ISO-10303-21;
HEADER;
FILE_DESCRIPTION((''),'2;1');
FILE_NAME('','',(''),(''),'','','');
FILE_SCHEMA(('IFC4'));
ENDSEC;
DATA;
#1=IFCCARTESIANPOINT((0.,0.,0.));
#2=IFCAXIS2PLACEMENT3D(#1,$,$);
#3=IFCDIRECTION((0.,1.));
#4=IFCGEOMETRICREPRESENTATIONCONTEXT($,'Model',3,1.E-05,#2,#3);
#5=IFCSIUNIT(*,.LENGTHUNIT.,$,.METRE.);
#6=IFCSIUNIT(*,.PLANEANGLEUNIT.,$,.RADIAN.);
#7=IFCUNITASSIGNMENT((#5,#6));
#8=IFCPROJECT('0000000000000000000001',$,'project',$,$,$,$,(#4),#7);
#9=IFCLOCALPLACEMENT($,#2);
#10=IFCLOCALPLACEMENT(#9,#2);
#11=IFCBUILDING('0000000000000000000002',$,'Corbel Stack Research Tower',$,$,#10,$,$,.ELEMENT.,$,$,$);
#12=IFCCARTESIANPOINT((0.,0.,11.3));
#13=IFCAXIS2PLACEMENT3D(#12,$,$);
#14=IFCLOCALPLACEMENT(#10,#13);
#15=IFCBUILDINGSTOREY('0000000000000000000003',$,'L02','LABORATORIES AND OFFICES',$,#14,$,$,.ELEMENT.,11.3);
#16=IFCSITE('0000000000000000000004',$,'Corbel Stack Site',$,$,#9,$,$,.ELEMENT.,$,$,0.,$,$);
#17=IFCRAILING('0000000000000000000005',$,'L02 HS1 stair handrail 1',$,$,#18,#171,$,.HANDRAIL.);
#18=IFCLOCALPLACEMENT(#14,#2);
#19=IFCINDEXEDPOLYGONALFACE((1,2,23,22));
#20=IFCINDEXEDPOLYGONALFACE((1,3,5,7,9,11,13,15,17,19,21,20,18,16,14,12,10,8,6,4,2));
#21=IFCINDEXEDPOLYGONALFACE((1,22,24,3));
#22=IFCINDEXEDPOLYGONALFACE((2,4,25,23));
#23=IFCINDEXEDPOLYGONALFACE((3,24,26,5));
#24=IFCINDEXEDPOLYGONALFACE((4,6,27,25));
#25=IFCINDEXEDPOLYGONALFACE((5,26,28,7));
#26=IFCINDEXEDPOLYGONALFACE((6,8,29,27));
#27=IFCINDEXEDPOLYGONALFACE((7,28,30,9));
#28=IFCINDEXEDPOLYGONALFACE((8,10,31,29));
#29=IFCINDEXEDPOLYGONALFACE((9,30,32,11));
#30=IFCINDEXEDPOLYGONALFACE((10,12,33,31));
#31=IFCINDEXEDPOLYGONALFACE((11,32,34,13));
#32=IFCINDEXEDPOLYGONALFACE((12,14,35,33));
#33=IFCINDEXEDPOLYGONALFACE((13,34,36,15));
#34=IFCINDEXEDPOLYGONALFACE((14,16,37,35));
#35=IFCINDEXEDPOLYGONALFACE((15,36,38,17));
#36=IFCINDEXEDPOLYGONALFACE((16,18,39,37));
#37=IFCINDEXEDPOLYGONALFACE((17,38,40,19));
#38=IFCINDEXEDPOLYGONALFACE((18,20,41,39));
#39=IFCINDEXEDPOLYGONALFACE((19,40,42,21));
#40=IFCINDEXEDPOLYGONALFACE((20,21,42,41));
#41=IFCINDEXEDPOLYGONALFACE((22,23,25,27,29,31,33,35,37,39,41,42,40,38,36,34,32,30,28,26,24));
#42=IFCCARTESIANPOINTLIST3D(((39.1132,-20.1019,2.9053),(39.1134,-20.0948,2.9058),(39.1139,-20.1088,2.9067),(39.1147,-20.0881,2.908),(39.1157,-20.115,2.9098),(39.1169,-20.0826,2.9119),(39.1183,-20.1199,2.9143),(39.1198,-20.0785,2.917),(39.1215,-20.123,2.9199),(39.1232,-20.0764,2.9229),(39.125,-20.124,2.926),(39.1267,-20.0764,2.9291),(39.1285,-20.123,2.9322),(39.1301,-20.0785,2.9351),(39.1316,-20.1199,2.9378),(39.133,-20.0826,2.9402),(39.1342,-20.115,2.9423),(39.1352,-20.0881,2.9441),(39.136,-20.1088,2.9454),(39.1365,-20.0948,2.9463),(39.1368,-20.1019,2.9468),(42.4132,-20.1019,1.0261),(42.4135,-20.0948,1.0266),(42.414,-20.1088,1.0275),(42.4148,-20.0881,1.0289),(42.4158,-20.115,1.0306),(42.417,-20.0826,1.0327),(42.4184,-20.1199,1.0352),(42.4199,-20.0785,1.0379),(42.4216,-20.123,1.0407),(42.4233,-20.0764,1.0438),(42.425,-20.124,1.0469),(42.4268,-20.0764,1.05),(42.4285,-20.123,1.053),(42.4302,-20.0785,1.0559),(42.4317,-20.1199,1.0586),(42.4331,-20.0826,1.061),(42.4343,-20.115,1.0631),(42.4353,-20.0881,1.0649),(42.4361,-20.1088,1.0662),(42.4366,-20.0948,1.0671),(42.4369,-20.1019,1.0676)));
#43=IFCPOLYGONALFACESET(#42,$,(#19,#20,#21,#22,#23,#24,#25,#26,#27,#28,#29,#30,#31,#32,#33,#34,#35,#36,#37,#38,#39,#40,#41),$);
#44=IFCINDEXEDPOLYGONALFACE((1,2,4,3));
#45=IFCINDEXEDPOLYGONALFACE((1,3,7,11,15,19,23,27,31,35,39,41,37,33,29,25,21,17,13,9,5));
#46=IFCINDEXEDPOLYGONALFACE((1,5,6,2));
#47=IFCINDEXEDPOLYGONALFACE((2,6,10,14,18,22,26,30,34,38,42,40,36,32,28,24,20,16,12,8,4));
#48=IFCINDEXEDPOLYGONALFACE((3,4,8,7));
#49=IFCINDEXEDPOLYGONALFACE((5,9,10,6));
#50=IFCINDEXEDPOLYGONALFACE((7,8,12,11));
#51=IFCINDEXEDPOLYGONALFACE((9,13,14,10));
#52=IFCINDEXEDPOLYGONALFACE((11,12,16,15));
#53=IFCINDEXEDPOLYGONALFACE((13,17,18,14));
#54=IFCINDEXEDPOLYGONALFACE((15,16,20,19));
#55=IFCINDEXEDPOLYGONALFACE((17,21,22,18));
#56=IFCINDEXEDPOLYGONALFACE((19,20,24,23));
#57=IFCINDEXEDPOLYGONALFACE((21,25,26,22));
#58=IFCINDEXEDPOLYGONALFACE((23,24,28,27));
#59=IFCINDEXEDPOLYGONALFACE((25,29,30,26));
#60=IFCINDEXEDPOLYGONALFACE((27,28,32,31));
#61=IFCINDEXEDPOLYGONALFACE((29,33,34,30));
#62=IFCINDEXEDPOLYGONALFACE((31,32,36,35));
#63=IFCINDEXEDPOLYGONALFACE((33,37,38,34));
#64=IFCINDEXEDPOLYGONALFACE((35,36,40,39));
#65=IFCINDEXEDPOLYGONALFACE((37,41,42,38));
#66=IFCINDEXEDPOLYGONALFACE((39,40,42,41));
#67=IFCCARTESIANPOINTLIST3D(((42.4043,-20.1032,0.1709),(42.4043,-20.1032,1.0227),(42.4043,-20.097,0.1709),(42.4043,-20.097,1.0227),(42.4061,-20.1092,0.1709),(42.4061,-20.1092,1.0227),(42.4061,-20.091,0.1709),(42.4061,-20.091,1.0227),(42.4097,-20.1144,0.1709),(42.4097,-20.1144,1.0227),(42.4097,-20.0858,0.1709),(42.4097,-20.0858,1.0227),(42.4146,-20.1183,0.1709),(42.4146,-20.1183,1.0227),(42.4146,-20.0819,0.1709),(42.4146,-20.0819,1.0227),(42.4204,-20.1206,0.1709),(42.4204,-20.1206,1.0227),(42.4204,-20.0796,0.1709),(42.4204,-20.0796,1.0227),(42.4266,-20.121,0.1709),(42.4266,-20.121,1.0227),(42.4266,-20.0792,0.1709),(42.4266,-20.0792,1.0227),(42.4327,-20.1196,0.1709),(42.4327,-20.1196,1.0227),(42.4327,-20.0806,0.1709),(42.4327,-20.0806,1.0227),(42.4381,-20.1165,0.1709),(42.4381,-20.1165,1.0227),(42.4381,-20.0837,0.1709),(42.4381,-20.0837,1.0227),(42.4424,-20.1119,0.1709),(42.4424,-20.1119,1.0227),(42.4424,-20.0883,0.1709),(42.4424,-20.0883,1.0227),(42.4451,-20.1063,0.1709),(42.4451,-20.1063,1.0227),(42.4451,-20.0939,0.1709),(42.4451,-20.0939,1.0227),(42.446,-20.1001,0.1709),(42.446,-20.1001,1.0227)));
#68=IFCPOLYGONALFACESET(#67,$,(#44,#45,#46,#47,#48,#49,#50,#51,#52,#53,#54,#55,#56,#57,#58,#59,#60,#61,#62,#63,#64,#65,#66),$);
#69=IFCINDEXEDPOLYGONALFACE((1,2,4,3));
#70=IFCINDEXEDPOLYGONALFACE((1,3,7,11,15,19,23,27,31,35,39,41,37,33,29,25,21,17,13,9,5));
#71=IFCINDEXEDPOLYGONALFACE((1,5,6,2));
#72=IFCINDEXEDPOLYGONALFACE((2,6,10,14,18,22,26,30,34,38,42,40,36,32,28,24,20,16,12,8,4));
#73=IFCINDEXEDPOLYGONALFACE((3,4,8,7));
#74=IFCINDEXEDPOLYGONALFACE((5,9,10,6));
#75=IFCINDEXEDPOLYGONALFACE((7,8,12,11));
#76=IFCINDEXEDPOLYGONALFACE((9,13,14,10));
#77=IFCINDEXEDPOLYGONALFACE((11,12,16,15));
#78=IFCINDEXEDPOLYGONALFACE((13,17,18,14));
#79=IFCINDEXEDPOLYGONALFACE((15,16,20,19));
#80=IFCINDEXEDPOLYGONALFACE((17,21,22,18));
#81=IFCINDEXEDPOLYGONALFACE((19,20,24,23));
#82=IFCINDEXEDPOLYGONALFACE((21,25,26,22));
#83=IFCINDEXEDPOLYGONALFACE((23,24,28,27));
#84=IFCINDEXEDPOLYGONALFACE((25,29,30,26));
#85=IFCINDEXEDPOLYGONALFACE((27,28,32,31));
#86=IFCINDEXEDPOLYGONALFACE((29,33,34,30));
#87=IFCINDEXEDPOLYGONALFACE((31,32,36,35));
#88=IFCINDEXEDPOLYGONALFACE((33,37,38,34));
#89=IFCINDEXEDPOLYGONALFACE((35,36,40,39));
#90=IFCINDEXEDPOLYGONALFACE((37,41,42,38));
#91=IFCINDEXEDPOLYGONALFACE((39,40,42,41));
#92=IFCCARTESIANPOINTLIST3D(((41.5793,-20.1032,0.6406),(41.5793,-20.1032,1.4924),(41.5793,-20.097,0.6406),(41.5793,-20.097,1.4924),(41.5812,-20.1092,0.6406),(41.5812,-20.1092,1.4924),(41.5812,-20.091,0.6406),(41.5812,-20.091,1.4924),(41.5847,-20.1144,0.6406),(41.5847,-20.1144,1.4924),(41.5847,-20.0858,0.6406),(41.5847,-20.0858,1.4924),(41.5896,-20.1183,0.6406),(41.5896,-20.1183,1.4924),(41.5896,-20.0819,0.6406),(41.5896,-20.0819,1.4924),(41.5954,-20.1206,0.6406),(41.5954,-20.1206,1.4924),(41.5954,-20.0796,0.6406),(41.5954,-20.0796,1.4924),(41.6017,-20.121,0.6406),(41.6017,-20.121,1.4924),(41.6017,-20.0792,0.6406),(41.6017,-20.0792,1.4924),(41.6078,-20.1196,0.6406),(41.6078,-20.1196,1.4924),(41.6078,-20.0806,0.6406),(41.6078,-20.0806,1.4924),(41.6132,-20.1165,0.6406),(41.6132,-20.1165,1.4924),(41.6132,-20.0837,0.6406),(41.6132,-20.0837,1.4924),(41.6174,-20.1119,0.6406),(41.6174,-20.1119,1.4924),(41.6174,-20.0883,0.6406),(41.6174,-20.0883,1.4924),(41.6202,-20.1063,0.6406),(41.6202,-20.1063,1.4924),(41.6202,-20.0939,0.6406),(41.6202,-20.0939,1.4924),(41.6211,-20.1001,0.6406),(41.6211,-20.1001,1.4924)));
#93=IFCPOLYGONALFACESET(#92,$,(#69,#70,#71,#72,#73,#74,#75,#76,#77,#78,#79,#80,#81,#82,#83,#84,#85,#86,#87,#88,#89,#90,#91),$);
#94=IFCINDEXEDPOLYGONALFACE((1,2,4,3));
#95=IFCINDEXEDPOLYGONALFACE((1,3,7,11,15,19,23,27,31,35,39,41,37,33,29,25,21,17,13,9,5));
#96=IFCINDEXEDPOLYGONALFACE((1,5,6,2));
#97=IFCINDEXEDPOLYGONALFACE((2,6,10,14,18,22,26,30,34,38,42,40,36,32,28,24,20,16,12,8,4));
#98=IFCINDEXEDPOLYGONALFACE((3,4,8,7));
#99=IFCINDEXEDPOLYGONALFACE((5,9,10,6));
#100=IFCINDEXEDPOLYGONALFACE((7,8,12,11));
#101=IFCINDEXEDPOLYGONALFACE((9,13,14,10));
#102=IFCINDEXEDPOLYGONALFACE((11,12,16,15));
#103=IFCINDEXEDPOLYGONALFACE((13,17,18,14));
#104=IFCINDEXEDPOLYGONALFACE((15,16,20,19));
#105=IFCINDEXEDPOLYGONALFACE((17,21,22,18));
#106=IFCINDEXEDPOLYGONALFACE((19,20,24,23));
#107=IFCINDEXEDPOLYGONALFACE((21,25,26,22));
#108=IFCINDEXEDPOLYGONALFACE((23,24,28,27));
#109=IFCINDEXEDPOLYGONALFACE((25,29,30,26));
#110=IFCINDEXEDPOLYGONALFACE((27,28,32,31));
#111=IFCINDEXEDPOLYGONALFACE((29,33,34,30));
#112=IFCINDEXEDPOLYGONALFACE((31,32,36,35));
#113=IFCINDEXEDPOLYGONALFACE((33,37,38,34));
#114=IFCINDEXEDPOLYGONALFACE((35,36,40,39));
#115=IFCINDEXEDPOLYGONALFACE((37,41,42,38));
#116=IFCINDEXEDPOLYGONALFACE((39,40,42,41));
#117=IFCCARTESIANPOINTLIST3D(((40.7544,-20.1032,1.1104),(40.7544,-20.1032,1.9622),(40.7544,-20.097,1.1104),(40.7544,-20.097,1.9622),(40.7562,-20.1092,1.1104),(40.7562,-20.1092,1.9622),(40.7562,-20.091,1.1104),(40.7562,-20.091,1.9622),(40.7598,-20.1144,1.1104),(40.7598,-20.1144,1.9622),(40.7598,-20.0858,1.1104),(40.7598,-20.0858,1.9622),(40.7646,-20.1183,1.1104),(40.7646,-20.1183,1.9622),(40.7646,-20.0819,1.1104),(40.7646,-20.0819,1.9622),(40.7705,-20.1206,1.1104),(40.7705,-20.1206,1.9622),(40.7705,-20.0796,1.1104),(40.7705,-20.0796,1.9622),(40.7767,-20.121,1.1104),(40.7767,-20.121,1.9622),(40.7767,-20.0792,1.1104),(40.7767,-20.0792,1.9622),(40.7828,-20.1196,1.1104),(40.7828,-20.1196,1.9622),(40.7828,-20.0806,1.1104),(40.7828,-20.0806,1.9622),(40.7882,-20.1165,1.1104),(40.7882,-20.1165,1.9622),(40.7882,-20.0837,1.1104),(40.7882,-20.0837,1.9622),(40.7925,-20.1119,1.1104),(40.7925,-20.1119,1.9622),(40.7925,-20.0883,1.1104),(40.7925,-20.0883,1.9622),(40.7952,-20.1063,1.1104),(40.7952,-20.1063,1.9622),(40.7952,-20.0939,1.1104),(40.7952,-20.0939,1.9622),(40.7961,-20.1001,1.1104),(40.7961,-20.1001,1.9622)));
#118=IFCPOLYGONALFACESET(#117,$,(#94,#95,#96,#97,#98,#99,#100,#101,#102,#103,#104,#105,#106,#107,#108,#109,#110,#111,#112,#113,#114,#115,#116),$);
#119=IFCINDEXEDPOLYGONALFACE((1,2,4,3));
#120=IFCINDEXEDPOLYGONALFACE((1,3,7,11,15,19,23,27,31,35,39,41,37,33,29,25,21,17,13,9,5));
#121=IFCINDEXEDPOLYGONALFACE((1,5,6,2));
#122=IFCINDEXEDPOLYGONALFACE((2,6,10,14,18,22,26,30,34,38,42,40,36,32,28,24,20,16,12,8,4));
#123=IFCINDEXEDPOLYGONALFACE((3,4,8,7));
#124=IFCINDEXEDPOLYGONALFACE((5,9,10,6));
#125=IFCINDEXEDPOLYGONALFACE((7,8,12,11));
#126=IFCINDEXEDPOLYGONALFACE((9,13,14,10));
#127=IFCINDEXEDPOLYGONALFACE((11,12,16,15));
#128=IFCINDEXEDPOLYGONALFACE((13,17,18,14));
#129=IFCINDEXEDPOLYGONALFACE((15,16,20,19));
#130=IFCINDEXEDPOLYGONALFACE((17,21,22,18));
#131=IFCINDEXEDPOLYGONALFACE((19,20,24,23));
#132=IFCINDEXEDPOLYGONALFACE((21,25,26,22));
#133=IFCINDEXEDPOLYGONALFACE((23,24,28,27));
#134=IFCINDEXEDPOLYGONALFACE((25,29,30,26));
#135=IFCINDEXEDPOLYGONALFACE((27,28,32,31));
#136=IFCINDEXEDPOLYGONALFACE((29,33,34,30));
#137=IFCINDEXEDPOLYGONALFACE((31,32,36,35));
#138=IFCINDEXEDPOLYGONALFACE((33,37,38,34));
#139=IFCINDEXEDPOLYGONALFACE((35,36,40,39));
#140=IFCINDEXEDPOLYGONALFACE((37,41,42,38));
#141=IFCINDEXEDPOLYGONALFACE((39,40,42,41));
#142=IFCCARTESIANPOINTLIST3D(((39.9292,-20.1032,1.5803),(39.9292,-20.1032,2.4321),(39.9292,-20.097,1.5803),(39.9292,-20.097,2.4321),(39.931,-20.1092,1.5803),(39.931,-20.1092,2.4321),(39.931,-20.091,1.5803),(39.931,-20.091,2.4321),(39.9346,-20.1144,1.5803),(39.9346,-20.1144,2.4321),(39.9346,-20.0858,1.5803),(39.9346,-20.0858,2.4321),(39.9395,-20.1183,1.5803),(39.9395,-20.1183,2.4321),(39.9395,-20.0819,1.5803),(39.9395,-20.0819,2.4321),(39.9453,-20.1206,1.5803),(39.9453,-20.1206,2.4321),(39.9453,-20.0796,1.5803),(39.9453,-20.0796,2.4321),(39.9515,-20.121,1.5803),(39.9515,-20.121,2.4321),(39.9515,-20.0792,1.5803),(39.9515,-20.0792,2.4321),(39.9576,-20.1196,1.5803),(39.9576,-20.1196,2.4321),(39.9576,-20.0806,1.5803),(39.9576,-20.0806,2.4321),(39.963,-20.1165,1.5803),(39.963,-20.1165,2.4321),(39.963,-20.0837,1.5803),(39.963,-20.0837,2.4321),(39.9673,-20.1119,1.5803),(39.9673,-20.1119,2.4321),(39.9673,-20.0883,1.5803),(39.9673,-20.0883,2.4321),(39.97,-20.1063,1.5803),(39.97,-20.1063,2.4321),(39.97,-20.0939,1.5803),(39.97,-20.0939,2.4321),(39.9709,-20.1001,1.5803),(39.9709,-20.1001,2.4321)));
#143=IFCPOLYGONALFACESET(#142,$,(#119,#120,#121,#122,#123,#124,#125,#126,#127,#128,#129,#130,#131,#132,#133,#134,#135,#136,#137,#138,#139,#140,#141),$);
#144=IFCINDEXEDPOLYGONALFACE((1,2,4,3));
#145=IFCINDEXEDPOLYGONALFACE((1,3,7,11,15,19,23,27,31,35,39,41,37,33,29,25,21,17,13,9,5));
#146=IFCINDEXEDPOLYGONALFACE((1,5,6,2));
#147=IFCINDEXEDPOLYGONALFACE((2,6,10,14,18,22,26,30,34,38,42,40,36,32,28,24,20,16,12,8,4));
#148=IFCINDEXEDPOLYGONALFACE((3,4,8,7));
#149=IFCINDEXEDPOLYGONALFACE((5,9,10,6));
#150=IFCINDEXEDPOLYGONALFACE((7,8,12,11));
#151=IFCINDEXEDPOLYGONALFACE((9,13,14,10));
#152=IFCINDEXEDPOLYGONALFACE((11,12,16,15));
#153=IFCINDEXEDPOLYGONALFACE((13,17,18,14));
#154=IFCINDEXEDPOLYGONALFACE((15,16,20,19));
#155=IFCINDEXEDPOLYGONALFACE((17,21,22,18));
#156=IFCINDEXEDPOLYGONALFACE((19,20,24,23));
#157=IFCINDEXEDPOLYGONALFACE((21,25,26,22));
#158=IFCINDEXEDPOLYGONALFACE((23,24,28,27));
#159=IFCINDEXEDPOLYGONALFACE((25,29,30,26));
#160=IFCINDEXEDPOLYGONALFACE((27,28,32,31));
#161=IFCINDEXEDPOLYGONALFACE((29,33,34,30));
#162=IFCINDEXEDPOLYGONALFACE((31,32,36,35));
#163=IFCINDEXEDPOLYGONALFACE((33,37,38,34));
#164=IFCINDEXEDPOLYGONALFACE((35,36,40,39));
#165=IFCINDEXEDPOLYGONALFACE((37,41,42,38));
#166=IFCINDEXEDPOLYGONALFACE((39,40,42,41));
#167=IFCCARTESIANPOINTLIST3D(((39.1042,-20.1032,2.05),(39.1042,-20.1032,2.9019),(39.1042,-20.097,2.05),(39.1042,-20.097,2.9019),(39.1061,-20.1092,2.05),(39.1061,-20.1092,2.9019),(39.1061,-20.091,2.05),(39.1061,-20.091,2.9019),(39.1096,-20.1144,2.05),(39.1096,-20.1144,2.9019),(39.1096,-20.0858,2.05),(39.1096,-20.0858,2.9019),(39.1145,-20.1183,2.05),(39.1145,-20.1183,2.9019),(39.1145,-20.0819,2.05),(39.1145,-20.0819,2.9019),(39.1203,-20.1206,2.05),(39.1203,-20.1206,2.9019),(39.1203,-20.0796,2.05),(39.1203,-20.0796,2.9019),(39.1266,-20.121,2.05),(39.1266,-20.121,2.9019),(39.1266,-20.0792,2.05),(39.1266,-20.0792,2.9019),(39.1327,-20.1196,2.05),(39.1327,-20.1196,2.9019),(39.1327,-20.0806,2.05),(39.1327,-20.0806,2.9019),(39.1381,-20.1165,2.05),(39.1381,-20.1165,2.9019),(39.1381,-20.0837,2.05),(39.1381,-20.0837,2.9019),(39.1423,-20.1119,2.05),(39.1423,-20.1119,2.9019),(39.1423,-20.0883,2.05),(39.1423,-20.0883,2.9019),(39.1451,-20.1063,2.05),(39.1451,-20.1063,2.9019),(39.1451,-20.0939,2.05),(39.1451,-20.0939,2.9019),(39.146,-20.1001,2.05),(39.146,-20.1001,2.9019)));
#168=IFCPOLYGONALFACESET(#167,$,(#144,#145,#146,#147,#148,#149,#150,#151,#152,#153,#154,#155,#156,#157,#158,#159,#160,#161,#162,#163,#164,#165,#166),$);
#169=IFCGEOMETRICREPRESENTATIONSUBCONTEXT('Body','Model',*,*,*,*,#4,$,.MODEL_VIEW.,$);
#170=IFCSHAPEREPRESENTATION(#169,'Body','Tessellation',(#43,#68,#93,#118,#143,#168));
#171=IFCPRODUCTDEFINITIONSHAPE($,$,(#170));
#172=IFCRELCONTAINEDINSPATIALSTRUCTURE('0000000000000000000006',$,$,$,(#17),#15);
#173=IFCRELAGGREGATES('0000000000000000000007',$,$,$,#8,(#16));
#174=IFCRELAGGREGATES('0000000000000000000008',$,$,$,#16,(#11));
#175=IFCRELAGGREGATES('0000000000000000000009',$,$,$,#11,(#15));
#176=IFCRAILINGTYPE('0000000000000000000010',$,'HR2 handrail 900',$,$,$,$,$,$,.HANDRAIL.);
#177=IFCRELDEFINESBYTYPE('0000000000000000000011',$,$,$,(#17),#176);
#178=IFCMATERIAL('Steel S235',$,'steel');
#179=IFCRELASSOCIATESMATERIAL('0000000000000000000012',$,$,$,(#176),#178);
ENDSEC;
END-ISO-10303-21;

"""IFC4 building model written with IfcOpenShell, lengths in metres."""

from ifc_helpers import new_model, si_unit, direction, frame, origin, origin_2d, place, context, subcontext, project, spatial, circle, extrude, material, type_object, element, save


model = new_model("IFC4")

# Units and contexts
model_context = context("Model", 3, precision=1e-05, world=origin(), true_north=direction((0.0, 1.0)))
body_context = subcontext(model_context, "Body", "Model", "MODEL_VIEW")
ifc_project = project(units=[si_unit("LENGTHUNIT", "METRE"), si_unit("PLANEANGLEUNIT", "RADIAN")], contexts=[model_context])

# Site, building, storey
site_placement = place(None, origin())
site = spatial("IfcSite", under=ifc_project, at=site_placement, Name="Corbel Stack Site", CompositionType="ELEMENT", RefElevation=0.0)
building_placement = place(site_placement, origin())
building = spatial("IfcBuilding", under=site, at=building_placement, Name="Corbel Stack Research Tower", CompositionType="ELEMENT")
storey_placement = place(building_placement, frame((0.0, 0.0, 11.3)))
storey = spatial("IfcBuildingStorey", under=building, at=storey_placement, Name="L02", Description="LABORATORIES AND OFFICES", CompositionType="ELEMENT", Elevation=11.3)

# Railing
ifc_material_1 = material(Name="Steel S235", Category="steel")
railing_type_1 = type_object("IfcRailingType", Name="HR2 handrail 900", PredefinedType="HANDRAIL", material=ifc_material_1)
railing_1_placement = place(storey_placement, frame((42.425, -20.1001, 0.1709)))
element("IfcRailing", 1, at=railing_1_placement, inside=storey, type_object=railing_type_1, Name="L02 HS1 stair handrail 1", PredefinedType="HANDRAIL", context=body_context, shape_type="SweptSolid", body=[
    extrude(circle(Radius=0.0239, at=origin_2d()), frame((0.0, 0.0, 0.876), z_axis=(-0.86899, 0.0, 0.49483), x_axis=(0.0, -1.0, 0.0)), (0.0, 0.0, 1.0), 3.7976),
    extrude(circle(Radius=0.021, at=origin_2d()), origin(), (0.0, 0.0, 1.0), 0.8518),
    extrude(circle(Radius=0.021, at=origin_2d()), frame((-0.825, 0.0, 0.4697)), (0.0, 0.0, 1.0), 0.8518),
    extrude(circle(Radius=0.021, at=origin_2d()), frame((-1.6499, 0.0, 0.9395)), (0.0, 0.0, 1.0), 0.8518),
    extrude(circle(Radius=0.021, at=origin_2d()), frame((-2.4751, 0.0, 1.4094)), (0.0, 0.0, 1.0), 0.8518),
    extrude(circle(Radius=0.021, at=origin_2d()), frame((-3.3, 0.0, 1.8792)), (0.0, 0.0, 1.0), 0.8518),
])

save(model, "model.ifc")
